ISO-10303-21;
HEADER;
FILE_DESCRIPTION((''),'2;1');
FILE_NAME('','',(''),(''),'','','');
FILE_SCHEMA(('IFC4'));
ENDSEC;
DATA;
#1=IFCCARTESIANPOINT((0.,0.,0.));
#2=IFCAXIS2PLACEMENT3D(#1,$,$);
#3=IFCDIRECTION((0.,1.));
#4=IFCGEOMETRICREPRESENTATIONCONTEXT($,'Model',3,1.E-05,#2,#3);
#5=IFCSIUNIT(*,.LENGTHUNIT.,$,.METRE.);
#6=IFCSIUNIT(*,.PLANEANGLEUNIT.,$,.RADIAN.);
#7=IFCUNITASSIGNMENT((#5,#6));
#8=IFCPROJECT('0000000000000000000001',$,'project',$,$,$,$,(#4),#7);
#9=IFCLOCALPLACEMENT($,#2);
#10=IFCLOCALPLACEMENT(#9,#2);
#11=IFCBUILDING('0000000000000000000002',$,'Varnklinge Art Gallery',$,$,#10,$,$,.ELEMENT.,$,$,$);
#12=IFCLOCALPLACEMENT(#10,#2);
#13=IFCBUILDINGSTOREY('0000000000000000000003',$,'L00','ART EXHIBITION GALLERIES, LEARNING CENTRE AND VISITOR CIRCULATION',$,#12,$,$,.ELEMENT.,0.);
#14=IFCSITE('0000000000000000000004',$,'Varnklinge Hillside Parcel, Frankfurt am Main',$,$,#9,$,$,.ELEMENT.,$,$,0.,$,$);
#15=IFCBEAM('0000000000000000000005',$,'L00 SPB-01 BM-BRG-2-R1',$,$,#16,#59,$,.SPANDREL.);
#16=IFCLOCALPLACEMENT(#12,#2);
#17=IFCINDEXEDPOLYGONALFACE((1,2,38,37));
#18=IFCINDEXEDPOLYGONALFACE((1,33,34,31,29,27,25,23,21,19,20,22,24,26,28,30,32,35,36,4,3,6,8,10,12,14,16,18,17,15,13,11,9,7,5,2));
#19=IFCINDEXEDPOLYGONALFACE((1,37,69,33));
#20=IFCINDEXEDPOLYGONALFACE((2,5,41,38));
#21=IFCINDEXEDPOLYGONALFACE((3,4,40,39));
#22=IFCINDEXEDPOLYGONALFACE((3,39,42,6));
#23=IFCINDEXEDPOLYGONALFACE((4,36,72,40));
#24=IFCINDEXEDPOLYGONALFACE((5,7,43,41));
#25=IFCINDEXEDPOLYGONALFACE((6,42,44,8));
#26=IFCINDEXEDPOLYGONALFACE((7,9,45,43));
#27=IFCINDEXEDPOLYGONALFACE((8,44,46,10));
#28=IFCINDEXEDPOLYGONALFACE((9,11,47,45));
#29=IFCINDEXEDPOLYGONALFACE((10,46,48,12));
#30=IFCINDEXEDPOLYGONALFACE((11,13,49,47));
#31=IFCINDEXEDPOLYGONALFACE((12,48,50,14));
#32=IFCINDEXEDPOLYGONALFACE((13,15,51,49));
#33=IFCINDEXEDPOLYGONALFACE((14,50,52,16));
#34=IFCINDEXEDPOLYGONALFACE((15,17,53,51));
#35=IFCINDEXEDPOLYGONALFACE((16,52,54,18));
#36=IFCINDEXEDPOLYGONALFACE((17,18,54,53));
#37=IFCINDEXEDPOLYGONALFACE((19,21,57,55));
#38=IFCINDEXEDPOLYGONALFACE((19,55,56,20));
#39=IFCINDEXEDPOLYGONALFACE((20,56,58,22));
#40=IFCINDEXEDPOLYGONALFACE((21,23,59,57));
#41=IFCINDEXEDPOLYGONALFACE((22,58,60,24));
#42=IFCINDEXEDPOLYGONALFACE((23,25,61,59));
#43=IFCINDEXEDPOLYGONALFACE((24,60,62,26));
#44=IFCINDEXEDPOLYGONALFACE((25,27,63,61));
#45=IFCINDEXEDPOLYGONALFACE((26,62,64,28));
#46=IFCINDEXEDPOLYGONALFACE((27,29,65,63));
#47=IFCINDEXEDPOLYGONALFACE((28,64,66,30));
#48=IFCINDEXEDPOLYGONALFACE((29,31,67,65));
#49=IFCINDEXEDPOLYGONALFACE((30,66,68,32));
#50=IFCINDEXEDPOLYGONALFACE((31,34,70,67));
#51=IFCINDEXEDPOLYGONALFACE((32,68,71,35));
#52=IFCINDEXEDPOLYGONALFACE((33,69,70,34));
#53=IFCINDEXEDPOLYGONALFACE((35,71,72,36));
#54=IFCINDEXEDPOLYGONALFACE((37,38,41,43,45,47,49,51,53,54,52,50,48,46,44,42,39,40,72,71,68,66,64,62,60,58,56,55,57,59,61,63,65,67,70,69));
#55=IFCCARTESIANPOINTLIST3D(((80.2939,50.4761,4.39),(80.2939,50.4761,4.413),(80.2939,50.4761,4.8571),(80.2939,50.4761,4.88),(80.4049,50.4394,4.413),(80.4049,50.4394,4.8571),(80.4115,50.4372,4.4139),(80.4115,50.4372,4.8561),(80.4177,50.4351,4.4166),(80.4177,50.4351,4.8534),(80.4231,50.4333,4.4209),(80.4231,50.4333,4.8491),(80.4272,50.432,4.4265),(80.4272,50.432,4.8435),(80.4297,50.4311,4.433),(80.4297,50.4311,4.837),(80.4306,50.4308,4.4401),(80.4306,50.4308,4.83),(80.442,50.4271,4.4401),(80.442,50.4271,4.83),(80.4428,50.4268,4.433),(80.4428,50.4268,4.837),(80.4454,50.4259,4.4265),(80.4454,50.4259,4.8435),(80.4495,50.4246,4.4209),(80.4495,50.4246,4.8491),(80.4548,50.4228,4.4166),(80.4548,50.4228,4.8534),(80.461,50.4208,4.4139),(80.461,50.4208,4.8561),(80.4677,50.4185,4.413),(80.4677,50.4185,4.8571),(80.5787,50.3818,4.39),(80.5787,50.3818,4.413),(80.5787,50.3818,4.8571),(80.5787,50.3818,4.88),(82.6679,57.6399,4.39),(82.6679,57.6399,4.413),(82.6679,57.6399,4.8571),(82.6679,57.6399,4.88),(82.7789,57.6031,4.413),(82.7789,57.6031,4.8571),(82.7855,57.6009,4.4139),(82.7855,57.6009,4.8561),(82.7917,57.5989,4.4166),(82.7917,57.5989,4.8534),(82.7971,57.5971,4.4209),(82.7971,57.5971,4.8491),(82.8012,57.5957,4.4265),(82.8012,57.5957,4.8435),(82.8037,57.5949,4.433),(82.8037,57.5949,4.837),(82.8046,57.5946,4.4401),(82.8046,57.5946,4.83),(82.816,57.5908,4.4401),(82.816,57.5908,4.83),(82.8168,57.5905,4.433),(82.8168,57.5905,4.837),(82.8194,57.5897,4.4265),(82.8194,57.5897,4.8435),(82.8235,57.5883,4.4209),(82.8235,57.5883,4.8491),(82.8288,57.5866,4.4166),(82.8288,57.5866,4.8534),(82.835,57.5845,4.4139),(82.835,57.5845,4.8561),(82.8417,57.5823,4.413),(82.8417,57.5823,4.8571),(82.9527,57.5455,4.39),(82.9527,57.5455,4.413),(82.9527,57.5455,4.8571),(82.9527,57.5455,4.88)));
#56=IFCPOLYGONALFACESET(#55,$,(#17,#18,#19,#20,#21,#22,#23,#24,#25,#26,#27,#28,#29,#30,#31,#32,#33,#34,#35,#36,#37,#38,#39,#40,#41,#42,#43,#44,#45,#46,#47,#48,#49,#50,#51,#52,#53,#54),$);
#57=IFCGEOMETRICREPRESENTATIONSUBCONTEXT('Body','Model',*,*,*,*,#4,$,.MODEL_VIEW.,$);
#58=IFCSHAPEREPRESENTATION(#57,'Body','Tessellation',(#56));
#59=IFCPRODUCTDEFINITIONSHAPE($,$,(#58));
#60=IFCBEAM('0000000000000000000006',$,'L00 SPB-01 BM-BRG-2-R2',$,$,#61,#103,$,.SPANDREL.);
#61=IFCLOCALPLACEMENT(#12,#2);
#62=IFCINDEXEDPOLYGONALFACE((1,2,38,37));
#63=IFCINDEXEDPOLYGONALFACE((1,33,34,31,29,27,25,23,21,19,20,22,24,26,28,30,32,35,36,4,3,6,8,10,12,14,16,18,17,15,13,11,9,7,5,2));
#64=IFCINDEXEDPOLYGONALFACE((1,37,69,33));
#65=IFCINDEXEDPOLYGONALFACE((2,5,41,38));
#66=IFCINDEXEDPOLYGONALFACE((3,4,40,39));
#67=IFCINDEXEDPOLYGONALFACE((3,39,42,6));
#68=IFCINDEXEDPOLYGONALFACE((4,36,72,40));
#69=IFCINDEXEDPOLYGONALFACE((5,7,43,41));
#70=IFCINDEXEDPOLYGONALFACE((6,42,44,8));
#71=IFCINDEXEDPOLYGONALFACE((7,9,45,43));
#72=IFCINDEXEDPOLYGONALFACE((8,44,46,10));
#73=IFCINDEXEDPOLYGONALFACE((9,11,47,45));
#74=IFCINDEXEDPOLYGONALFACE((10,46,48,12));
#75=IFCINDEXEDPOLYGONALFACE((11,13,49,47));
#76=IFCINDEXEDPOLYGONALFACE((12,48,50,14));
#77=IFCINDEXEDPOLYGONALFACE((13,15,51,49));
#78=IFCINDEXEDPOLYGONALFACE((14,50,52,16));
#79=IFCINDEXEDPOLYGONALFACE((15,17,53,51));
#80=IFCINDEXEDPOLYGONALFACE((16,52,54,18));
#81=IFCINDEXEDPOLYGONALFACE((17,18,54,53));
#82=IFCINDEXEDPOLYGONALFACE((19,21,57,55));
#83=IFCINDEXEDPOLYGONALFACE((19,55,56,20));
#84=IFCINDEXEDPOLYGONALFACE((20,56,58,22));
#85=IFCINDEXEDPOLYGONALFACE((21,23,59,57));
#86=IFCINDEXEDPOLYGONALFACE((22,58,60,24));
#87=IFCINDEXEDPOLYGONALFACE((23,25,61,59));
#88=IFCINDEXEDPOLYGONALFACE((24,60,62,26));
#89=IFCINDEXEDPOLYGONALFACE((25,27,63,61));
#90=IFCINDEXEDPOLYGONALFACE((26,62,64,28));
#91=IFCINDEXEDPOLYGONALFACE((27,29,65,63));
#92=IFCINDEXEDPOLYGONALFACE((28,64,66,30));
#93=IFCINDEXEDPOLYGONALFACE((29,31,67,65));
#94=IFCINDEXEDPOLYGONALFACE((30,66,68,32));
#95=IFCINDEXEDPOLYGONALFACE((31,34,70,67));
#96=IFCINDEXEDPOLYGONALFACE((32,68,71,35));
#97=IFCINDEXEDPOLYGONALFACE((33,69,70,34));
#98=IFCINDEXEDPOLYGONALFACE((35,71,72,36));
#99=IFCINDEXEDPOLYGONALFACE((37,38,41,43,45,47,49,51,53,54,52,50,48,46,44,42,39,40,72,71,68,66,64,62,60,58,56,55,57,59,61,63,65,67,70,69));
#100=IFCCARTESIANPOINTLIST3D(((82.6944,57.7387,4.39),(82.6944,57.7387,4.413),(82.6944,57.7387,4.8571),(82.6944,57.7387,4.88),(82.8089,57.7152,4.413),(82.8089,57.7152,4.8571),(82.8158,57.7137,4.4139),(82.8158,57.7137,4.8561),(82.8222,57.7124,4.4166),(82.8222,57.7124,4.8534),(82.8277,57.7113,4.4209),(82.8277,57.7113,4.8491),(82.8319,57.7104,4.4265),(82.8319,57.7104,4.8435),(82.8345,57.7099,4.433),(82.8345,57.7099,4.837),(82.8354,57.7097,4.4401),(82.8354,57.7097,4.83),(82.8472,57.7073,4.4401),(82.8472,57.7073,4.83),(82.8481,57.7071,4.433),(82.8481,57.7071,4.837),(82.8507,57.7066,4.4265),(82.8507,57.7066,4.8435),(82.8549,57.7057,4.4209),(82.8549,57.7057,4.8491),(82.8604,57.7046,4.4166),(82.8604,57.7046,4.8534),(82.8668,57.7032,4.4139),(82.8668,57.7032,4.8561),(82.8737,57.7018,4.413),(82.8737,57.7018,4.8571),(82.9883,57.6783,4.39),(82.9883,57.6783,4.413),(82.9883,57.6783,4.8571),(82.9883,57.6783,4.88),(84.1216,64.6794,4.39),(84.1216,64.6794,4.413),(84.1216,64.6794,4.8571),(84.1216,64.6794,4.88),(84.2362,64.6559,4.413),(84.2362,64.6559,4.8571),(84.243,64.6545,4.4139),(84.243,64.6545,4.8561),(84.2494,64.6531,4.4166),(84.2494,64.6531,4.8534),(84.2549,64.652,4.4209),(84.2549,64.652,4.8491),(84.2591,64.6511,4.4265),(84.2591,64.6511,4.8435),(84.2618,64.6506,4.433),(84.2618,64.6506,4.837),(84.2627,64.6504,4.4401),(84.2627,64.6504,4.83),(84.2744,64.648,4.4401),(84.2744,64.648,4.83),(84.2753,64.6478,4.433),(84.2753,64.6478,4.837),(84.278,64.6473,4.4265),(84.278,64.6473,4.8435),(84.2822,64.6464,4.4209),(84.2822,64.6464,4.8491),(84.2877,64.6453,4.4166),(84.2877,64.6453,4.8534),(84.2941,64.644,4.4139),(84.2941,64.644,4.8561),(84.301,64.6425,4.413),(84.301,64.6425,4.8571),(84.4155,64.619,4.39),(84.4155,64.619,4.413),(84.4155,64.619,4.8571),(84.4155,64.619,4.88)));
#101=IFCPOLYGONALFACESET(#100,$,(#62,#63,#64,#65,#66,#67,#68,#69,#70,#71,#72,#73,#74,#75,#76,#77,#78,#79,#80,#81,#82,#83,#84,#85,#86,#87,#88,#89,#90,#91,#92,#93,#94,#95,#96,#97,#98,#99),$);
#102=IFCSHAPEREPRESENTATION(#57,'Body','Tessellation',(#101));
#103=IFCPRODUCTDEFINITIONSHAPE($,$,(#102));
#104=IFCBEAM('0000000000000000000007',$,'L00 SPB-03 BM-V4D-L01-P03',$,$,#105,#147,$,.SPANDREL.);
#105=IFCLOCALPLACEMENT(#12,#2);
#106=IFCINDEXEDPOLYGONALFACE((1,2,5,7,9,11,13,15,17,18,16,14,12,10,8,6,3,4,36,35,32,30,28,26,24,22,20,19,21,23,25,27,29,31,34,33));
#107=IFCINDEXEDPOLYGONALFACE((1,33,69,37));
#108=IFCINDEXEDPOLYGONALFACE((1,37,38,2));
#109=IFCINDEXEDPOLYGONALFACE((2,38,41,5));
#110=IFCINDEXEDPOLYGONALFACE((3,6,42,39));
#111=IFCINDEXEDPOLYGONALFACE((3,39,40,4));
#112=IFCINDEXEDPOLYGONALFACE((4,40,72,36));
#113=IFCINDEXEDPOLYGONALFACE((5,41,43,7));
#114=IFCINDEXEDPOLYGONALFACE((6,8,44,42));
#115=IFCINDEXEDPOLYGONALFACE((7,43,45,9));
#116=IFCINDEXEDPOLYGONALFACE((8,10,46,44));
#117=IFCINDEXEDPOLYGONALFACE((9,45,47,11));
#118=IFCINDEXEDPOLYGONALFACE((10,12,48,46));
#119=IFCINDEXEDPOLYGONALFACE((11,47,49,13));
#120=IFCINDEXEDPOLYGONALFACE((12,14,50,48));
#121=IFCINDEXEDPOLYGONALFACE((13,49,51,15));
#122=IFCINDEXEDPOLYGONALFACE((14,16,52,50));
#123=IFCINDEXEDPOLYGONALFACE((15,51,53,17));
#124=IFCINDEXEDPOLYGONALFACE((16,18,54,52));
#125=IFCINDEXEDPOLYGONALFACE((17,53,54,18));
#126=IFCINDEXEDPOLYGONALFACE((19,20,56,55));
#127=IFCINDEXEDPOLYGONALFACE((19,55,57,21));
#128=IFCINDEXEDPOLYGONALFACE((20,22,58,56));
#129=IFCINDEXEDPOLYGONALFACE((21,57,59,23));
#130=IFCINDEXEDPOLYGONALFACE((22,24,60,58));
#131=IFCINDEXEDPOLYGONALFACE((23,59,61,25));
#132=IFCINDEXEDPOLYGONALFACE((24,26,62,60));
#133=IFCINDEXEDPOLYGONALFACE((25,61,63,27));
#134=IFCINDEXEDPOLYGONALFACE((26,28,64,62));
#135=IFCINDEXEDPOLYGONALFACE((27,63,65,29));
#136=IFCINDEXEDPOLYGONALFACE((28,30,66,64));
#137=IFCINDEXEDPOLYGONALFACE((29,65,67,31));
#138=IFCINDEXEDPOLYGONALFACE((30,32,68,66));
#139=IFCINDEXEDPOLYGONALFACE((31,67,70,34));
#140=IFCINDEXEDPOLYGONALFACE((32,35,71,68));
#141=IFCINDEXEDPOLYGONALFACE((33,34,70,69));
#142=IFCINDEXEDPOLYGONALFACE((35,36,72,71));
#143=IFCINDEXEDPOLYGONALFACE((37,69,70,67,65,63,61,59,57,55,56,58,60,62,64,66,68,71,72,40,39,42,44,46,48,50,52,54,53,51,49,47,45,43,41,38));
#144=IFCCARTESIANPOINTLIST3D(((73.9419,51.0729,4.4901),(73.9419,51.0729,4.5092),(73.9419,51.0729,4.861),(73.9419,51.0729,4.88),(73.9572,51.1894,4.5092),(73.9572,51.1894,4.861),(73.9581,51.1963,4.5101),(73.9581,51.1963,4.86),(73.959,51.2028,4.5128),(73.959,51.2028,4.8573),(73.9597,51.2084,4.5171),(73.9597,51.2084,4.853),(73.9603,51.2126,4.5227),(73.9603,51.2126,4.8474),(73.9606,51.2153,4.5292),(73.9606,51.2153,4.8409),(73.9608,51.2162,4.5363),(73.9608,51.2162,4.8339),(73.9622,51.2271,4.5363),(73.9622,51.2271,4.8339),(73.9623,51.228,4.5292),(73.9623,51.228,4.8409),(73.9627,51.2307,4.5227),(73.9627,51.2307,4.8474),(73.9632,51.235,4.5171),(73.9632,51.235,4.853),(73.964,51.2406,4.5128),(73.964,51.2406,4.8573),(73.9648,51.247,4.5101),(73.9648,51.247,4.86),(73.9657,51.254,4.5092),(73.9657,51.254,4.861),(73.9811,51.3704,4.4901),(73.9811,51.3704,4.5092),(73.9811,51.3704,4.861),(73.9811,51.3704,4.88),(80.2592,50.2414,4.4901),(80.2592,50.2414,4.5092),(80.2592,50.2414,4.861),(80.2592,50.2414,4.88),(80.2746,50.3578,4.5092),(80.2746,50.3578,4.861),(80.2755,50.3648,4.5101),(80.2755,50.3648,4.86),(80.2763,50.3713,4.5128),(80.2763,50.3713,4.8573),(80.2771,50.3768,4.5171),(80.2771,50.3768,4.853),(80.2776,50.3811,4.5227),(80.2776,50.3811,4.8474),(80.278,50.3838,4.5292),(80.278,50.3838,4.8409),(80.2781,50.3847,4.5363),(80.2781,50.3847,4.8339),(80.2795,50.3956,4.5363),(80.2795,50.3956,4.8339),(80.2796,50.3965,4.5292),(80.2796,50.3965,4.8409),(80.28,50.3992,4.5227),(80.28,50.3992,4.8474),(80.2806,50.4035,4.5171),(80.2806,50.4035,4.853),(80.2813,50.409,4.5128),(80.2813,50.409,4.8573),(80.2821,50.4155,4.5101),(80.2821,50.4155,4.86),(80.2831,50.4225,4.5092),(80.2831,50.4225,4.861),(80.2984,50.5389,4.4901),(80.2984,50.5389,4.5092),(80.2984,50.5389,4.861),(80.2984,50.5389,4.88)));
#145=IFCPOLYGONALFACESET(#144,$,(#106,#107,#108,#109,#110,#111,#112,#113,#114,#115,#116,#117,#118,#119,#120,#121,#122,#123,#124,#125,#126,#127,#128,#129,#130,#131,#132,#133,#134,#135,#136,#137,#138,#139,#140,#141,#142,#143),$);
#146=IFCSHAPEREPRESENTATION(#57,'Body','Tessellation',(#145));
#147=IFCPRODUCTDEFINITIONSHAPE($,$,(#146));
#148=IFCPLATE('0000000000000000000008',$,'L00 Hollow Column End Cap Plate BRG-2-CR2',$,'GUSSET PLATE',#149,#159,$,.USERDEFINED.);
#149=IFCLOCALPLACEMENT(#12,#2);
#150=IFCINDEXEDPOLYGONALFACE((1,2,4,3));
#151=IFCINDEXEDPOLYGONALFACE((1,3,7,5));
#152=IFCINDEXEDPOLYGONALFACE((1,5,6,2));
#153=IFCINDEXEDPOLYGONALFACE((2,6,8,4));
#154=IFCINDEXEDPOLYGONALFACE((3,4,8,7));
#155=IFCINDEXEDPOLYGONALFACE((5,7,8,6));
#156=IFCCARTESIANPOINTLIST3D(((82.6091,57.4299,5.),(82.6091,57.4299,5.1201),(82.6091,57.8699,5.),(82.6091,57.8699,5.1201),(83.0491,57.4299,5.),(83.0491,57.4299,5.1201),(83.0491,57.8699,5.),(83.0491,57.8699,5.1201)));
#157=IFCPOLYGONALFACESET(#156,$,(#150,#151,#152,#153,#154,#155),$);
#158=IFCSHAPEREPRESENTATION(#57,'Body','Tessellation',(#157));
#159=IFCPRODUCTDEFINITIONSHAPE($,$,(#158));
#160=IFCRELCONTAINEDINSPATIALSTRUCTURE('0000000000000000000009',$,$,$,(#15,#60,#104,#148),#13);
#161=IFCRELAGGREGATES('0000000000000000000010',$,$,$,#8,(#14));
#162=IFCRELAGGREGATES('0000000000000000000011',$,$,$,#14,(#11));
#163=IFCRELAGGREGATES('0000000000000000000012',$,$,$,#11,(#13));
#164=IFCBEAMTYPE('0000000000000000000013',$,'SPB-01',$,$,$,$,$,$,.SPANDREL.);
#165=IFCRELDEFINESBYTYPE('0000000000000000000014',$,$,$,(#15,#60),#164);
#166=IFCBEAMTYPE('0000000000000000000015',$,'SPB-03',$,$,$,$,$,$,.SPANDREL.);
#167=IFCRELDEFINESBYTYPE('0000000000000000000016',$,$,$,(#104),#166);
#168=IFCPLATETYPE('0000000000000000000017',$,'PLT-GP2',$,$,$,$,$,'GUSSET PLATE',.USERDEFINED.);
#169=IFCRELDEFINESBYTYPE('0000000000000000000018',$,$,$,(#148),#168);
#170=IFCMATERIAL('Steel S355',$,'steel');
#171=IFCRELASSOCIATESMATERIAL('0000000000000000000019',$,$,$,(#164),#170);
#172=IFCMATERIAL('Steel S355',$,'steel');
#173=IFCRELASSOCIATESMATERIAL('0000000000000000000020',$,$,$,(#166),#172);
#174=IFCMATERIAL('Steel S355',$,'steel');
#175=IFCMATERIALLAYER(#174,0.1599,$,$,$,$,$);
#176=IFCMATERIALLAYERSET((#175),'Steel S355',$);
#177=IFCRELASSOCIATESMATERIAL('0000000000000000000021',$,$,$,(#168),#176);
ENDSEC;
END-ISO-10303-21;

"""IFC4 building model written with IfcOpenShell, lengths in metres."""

from ifc_helpers import new_model, si_unit, direction, frame, origin, origin_2d, place, context, subcontext, project, spatial, rectangle, i_section, extrude, material, layer, layer_set, material_profile, profile_set, type_object, element, save


model = new_model("IFC4")

# Units and contexts
model_context = context("Model", 3, precision=1e-05, world=origin(), true_north=direction((0.0, 1.0)))
body_context = subcontext(model_context, "Body", "Model", "MODEL_VIEW")
ifc_project = project(units=[si_unit("LENGTHUNIT", "METRE"), si_unit("PLANEANGLEUNIT", "RADIAN")], contexts=[model_context])

# Site, building, storey
site_placement = place(None, origin())
site = spatial("IfcSite", under=ifc_project, at=site_placement, Name="Varnklinge Hillside Parcel, Frankfurt am Main", CompositionType="ELEMENT", RefElevation=0.0)
building_placement = place(site_placement, origin())
building = spatial("IfcBuilding", under=site, at=building_placement, Name="Varnklinge Art Gallery", CompositionType="ELEMENT")
storey_placement = place(building_placement, origin())
storey = spatial("IfcBuildingStorey", under=building, at=storey_placement, Name="L00", Description="ART EXHIBITION GALLERIES, LEARNING CENTRE AND VISITOR CIRCULATION", CompositionType="ELEMENT", Elevation=0.0)

# Beams
ifc_material_1 = material(Name="Steel S355", Category="steel")
ifc_material_profile_1 = material_profile(ifc_material_1, i_section(OverallWidth=0.3, OverallDepth=0.49, WebThickness=0.012, FlangeThickness=0.0229, FilletRadius=0.0271, at=origin_2d()), Name="HEA 500")
ifc_profile_set_1 = profile_set([ifc_material_profile_1], Name="Steel S355")
beam_type_1 = type_object("IfcBeamType", Name="SPB-01", PredefinedType="SPANDREL", material=ifc_profile_set_1)
beam_1_placement = place(storey_placement, frame((80.4363, 50.429, 4.635), z_axis=(0.314568, 0.949235, 0.0), x_axis=(-0.949235, 0.314568, 0.0)))
element("IfcBeam", 1, at=beam_1_placement, inside=storey, type_object=beam_type_1, Name="L00 SPB-01 BM-BRG-2-R1", PredefinedType="SPANDREL", context=body_context, shape_type="SweptSolid", body=[
    extrude(i_section(OverallWidth=0.3, OverallDepth=0.49, WebThickness=0.012, FlangeThickness=0.0229, FilletRadius=0.0271, at=origin_2d()), origin(), (0.0, 0.0, 1.0), 7.5469),
])
beam_2_placement = place(storey_placement, frame((82.8413, 57.7085, 4.635), z_axis=(0.201421, 0.979505, 0.0), x_axis=(-0.979505, 0.201421, 0.0)))
element("IfcBeam", 2, at=beam_2_placement, inside=storey, type_object=beam_type_1, Name="L00 SPB-01 BM-BRG-2-R2", PredefinedType="SPANDREL", context=body_context, shape_type="SweptSolid", body=[
    extrude(i_section(OverallWidth=0.3, OverallDepth=0.49, WebThickness=0.012, FlangeThickness=0.0229, FilletRadius=0.0271, at=origin_2d()), origin(), (0.0, 0.0, 1.0), 7.0859),
])
ifc_material_2 = material(Name="Steel S355", Category="steel")
ifc_material_profile_2 = material_profile(ifc_material_2, i_section(OverallWidth=0.3, OverallDepth=0.3899, WebThickness=0.011, FlangeThickness=0.019, FilletRadius=0.0271, at=origin_2d()), Name="HEA 400")
ifc_profile_set_2 = profile_set([ifc_material_profile_2], Name="Steel S355")
beam_type_2 = type_object("IfcBeamType", Name="SPB-03", PredefinedType="SPANDREL", material=ifc_profile_set_2)
beam_3_placement = place(storey_placement, frame((80.2788, 50.3901, 4.6851), z_axis=(-0.991448, 0.130502, 0.0), x_axis=(-0.130502, -0.991448, 0.0)))
element("IfcBeam", 3, at=beam_3_placement, inside=storey, type_object=beam_type_2, Name="L00 SPB-03 BM-V4D-L01-P03", PredefinedType="SPANDREL", context=body_context, shape_type="SweptSolid", body=[
    extrude(i_section(OverallWidth=0.3, OverallDepth=0.3899, WebThickness=0.011, FlangeThickness=0.019, FilletRadius=0.0271, at=origin_2d()), origin(), (0.0, 0.0, 1.0), 6.3718),
])

# Plate
ifc_material_3 = material(Name="Steel S355", Category="steel")
ifc_layer_1 = layer(ifc_material_3, 0.1599)
ifc_layer_set_1 = layer_set([ifc_layer_1], Name="Steel S355")
plate_type = type_object("IfcPlateType", Name="PLT-GP2", ElementType="GUSSET PLATE", PredefinedType="USERDEFINED", material=ifc_layer_set_1)
plate_placement = place(storey_placement, frame((82.8291, 57.6499, 5.0), z_axis=(0.0, 0.0, 1.0), x_axis=(1.0, 0.0, 0.0)))
element("IfcPlate", 4, at=plate_placement, inside=storey, type_object=plate_type, Name="L00 Hollow Column End Cap Plate BRG-2-CR2", ObjectType="GUSSET PLATE", PredefinedType="USERDEFINED", context=body_context, shape_type="SweptSolid", body=[
    extrude(rectangle(XDim=0.4399, YDim=0.4399, at=origin_2d()), origin(), (0.0, 0.0, 1.0), 0.1201),
])

save(model, "model.ifc")
